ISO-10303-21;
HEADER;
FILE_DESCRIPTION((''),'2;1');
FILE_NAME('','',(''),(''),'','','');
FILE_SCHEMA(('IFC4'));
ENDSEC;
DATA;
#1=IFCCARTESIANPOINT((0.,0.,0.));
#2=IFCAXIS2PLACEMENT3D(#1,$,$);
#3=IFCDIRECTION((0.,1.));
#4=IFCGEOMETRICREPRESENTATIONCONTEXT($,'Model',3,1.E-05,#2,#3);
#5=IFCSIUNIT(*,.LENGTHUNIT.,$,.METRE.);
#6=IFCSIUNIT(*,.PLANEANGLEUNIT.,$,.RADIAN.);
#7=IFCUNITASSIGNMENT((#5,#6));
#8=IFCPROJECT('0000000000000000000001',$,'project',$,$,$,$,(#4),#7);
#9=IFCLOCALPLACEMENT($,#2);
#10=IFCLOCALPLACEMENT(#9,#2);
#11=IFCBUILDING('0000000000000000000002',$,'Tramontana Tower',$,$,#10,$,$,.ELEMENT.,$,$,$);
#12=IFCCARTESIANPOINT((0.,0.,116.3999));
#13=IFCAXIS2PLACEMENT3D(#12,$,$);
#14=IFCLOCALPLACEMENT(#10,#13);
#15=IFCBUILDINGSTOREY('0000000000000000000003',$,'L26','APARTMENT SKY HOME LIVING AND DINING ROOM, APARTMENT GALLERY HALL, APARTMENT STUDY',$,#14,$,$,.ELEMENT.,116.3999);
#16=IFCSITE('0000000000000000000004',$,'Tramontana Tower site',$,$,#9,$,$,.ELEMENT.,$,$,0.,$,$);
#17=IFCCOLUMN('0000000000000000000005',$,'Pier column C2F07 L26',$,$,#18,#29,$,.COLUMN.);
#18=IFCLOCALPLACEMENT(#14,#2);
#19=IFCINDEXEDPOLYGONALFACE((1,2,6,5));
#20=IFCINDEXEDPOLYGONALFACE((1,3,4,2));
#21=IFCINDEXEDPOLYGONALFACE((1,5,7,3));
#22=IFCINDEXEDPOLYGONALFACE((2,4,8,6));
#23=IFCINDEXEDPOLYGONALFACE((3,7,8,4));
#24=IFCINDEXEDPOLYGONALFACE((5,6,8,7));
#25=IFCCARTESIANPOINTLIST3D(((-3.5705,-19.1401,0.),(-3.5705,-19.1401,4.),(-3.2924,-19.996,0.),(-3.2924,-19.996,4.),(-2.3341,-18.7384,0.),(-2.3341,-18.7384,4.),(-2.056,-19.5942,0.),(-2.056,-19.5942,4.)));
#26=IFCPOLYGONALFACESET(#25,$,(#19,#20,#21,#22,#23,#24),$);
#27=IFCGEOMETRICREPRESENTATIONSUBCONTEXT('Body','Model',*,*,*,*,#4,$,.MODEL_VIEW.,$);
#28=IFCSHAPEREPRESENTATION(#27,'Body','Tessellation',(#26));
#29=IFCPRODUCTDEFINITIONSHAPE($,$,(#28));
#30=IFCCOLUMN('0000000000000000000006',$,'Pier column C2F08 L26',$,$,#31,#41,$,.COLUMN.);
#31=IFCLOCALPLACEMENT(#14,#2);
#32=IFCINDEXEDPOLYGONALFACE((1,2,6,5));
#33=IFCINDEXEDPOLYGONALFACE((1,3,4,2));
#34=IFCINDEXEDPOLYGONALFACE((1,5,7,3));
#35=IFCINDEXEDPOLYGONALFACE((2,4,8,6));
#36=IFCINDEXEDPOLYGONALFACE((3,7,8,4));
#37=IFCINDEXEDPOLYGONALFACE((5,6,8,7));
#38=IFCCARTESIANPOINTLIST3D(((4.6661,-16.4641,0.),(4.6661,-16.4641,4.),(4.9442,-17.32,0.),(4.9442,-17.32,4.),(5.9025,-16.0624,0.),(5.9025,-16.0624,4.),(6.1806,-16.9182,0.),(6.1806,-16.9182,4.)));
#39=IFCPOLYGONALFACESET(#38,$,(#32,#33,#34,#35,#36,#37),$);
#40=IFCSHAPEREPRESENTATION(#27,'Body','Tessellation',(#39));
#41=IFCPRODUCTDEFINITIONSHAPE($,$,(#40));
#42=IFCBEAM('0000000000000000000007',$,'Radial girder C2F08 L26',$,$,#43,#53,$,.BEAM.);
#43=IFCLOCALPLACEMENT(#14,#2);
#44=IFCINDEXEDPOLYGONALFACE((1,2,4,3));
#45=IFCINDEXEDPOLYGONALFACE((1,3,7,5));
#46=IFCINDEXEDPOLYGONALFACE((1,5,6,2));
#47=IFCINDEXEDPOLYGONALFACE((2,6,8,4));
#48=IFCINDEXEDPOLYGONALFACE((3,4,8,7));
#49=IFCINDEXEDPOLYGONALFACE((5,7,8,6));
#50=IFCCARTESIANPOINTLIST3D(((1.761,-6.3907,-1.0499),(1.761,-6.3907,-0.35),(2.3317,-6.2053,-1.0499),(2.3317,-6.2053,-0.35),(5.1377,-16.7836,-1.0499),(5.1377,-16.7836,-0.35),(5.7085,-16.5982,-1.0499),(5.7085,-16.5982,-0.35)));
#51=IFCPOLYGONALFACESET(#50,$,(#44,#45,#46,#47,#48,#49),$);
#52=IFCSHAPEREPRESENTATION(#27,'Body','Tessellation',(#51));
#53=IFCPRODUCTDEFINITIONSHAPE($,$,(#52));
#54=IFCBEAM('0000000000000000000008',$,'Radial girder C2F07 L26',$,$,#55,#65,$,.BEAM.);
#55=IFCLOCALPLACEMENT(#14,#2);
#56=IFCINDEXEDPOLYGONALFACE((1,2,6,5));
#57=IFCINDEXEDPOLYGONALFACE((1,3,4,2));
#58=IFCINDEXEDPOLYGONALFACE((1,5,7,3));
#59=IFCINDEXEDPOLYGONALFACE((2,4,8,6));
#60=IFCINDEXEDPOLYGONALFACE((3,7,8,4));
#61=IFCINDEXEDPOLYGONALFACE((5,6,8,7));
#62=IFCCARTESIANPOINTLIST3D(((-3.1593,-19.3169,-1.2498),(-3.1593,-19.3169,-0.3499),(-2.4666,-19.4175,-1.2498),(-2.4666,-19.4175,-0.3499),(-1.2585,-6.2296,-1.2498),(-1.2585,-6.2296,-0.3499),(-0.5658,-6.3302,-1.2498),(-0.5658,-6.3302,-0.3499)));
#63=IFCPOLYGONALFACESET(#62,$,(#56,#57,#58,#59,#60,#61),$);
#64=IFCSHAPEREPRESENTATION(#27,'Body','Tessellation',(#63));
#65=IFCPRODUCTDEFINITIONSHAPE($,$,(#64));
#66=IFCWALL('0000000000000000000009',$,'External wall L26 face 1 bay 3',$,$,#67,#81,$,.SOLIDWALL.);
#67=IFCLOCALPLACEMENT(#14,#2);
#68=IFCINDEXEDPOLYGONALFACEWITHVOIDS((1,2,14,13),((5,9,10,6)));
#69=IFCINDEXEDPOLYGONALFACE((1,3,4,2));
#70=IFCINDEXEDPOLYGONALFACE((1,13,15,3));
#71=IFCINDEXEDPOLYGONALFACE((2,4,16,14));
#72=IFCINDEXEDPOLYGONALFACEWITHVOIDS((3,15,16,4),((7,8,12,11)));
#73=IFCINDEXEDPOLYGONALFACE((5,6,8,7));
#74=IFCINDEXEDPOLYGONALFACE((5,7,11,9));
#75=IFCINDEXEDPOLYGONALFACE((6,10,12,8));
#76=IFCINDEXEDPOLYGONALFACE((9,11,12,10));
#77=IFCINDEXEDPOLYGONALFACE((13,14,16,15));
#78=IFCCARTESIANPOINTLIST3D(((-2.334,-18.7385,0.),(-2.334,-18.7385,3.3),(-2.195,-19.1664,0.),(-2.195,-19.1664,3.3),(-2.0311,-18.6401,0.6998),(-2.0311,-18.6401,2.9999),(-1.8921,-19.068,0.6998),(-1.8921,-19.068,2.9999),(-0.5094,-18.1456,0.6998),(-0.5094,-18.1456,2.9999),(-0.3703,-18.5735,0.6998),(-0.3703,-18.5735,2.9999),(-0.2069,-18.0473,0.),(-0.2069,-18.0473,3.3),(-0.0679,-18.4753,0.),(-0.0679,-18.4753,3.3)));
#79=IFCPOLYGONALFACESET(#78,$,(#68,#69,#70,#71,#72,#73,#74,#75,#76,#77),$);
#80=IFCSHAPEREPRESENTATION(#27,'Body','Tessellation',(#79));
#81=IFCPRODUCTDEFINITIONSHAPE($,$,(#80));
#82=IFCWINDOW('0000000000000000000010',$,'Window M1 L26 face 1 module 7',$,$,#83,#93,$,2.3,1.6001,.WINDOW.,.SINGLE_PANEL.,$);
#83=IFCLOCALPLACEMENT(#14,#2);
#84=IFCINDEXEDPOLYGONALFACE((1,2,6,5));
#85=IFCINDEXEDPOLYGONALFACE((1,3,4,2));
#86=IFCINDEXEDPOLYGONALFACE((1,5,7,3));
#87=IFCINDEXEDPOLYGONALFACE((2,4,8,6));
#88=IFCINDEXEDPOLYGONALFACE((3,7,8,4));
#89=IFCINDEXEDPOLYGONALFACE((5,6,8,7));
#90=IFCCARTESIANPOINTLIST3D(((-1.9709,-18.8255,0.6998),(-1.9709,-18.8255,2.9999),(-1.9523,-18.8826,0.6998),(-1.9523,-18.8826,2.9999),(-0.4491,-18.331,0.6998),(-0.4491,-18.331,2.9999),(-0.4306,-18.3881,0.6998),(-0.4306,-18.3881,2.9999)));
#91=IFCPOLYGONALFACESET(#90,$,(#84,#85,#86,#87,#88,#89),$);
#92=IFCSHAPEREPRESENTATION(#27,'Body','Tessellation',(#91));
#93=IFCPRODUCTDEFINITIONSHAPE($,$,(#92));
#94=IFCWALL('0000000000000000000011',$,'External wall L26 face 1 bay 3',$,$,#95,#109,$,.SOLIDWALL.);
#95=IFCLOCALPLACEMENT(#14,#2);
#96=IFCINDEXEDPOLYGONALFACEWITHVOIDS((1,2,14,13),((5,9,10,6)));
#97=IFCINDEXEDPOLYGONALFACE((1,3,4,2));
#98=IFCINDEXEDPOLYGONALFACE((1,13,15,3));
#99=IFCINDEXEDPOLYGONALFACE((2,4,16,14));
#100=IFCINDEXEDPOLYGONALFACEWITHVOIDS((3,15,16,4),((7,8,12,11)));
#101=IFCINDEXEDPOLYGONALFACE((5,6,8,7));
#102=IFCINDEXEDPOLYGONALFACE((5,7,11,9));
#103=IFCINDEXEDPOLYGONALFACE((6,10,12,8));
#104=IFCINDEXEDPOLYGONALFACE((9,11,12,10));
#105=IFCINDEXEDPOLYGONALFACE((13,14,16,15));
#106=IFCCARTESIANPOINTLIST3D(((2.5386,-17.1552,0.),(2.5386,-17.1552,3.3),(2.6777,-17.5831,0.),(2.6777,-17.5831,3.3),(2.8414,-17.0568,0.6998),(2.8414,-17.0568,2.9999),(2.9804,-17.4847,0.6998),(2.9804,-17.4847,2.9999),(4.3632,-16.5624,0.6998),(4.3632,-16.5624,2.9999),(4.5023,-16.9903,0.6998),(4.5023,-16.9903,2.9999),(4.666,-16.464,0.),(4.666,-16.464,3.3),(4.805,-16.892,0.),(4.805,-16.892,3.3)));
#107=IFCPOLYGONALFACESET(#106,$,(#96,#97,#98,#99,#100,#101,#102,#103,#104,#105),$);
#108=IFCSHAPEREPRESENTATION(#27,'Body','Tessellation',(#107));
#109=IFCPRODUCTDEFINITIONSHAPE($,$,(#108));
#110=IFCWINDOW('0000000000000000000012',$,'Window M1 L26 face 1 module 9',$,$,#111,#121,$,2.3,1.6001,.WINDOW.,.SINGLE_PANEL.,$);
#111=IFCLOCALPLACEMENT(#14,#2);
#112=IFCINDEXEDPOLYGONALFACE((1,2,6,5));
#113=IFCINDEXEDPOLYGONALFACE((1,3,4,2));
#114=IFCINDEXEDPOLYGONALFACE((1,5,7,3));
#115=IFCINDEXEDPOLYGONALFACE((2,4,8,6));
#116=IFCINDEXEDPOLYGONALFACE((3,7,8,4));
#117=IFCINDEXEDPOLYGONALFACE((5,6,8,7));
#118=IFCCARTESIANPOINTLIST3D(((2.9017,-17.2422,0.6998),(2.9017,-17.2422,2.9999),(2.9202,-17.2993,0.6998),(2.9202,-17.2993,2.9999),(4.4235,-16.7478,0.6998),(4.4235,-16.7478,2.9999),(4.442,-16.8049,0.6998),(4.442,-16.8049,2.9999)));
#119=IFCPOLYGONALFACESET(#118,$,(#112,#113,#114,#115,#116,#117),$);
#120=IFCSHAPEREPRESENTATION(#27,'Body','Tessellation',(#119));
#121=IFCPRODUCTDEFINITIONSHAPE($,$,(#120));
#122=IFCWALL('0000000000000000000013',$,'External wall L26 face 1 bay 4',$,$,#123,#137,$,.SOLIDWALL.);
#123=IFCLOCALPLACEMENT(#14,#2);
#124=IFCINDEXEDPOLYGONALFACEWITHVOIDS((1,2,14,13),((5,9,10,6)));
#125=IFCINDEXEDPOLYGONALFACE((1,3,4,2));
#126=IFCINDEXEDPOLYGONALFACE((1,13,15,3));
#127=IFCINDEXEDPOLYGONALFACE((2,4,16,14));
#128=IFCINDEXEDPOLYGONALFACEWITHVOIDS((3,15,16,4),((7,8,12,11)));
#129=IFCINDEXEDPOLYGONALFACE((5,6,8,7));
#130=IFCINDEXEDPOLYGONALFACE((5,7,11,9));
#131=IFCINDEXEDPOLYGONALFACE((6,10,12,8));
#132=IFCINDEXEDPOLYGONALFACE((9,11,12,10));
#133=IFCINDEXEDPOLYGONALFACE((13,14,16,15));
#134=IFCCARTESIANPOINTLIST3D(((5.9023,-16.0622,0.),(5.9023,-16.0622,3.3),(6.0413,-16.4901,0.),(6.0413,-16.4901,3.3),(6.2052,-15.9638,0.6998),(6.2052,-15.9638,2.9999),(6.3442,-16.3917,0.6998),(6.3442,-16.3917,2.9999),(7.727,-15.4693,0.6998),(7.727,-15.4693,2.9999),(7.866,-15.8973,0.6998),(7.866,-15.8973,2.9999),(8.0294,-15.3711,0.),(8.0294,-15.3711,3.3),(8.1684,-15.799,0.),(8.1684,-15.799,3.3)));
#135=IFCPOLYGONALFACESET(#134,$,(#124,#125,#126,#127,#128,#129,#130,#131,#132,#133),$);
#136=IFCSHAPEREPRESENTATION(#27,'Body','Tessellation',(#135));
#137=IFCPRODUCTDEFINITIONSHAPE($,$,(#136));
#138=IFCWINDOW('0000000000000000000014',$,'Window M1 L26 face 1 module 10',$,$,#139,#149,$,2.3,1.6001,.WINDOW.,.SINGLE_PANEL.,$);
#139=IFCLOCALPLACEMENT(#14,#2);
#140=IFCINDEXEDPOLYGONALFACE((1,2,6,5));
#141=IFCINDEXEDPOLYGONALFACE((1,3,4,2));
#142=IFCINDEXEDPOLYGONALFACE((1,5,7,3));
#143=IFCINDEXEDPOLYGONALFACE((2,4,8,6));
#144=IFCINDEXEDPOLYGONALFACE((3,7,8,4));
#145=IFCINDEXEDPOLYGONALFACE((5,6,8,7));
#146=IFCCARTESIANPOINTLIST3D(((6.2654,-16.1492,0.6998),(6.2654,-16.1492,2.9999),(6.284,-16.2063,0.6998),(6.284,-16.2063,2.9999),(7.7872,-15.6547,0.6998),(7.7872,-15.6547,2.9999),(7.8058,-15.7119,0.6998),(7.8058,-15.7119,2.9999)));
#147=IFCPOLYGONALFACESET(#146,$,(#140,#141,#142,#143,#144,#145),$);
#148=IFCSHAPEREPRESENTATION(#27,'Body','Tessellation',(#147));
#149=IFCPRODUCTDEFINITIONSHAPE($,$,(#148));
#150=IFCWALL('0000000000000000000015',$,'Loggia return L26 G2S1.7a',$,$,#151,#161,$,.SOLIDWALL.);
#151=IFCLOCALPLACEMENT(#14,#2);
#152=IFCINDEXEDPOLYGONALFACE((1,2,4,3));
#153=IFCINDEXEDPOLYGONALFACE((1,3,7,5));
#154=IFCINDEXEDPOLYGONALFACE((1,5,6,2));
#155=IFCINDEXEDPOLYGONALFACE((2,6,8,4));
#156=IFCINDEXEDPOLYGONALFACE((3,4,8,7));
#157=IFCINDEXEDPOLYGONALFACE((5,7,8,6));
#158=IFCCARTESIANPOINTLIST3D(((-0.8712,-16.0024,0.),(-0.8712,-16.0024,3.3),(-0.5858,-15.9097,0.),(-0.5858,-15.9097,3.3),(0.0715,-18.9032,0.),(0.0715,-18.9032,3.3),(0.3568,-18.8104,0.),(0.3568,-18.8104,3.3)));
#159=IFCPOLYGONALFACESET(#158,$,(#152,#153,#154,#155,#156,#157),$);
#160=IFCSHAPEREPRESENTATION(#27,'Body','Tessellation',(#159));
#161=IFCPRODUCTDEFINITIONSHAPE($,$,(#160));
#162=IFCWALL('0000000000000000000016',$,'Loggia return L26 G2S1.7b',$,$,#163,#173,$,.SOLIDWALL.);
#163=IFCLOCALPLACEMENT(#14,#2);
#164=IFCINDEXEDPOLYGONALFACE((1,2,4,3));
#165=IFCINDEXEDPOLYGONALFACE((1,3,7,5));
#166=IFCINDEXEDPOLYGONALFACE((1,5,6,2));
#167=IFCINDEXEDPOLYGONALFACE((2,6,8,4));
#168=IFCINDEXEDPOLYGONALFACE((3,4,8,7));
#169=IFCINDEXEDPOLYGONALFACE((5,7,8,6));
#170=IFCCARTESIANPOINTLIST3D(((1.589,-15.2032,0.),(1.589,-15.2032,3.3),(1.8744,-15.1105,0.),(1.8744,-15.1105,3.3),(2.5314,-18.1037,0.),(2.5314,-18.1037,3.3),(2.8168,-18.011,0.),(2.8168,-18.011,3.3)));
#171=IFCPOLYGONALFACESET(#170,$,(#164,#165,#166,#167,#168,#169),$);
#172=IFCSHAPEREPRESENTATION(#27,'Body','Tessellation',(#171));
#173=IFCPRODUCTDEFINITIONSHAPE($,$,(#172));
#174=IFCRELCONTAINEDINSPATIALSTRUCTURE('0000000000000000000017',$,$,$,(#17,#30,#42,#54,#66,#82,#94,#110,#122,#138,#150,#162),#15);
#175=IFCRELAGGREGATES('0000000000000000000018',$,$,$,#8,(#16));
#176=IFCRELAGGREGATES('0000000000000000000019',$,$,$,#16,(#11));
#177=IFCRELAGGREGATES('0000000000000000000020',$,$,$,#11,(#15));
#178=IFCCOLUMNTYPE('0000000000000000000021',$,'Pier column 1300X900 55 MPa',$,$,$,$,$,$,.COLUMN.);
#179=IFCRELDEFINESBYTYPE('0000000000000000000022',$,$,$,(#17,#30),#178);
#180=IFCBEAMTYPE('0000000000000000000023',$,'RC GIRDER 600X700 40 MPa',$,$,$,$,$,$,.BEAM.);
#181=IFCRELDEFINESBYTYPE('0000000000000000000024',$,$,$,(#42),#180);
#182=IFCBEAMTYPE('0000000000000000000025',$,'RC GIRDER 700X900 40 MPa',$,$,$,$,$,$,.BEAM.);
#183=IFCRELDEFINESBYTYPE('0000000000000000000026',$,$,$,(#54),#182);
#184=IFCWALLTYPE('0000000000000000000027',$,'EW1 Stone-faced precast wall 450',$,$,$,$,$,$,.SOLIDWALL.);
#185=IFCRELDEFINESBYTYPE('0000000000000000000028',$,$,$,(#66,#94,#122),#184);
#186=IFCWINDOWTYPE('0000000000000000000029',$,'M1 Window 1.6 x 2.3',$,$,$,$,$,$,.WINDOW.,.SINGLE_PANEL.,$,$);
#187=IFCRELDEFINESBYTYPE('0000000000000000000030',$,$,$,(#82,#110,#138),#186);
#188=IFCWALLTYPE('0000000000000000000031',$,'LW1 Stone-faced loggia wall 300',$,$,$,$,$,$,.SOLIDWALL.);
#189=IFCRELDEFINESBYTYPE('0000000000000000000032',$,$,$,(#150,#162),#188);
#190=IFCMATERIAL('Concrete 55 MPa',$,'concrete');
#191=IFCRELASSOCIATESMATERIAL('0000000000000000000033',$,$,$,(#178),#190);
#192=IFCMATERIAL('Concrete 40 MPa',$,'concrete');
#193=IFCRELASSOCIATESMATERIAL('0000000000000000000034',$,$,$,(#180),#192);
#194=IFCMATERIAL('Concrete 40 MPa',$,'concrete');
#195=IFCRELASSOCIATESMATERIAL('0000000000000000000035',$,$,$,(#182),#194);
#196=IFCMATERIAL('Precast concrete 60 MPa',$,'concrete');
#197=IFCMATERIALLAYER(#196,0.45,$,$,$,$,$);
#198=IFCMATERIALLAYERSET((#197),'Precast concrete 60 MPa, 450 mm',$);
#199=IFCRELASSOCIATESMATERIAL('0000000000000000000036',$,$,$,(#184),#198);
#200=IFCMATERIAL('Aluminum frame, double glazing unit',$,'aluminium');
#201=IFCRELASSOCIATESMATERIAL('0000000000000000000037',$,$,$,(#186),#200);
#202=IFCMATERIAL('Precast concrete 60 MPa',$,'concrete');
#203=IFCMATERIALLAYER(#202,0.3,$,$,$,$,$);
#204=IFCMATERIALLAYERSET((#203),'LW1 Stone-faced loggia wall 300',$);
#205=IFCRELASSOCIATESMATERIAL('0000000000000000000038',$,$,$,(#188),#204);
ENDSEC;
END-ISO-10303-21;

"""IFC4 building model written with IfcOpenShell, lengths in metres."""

from ifc_helpers import new_model, si_unit, direction, frame, frame_2d, origin, origin_2d, place, context, subcontext, project, spatial, rectangle, extrude, material, layer, layer_set, material_profile, profile_set, type_object, element, fill, save


model = new_model("IFC4")

# Units and contexts
model_context = context("Model", 3, precision=1e-05, world=origin(), true_north=direction((0.0, 1.0)))
body_context = subcontext(model_context, "Body", "Model", "MODEL_VIEW")
ifc_project = project(units=[si_unit("LENGTHUNIT", "METRE"), si_unit("PLANEANGLEUNIT", "RADIAN")], contexts=[model_context])

# Site, building, storey
site_placement = place(None, origin())
site = spatial("IfcSite", under=ifc_project, at=site_placement, Name="Tramontana Tower site", CompositionType="ELEMENT", RefElevation=0.0)
building_placement = place(site_placement, origin())
building = spatial("IfcBuilding", under=site, at=building_placement, Name="Tramontana Tower", CompositionType="ELEMENT")
storey_placement = place(building_placement, frame((0.0, 0.0, 116.3999)))
storey = spatial("IfcBuildingStorey", under=building, at=storey_placement, Name="L26", Description="APARTMENT SKY HOME LIVING AND DINING ROOM, APARTMENT GALLERY HALL, APARTMENT STUDY", CompositionType="ELEMENT", Elevation=116.3999)

# Columns
ifc_material_1 = material(Name="Concrete 55 MPa", Category="concrete")
ifc_material_profile_1 = material_profile(ifc_material_1, rectangle(XDim=1.3, YDim=0.8999, at=origin_2d()), Name="Pier column 1300X900 55 MPa")
ifc_profile_set_1 = profile_set([ifc_material_profile_1], Name="Concrete 55 MPa")
column_type = type_object("IfcColumnType", Name="Pier column 1300X900 55 MPa", PredefinedType="COLUMN", material=ifc_profile_set_1)
for number, where, z_axis, x_axis, name in (
    (1, (-2.8132, -19.3672, 0.0), (0.0, 0.0, 1.0), (0.951057, 0.309017, 0.0), "Pier column C2F07 L26"),
    (2, (5.4233, -16.6912, 0.0), (0.0, 0.0, 1.0), (0.951057, 0.309017, 0.0), "Pier column C2F08 L26"),
):
    element("IfcColumn", number, at=place(storey_placement, frame(where, z_axis=z_axis, x_axis=x_axis)), inside=storey, type_object=column_type, Name=name, PredefinedType="COLUMN", context=body_context, shape_type="SweptSolid", body=[
        extrude(rectangle(XDim=1.3, YDim=0.8999, at=origin_2d()), origin(), (0.0, 0.0, 1.0), 4.0),
    ])

# Beams
ifc_material_2 = material(Name="Concrete 40 MPa", Category="concrete")
ifc_material_profile_2 = material_profile(ifc_material_2, rectangle(XDim=0.6001, YDim=0.7, at=origin_2d()), Name="RC GIRDER 600X700 40 MPa")
ifc_profile_set_2 = profile_set([ifc_material_profile_2], Name="Concrete 40 MPa")
beam_type_1 = type_object("IfcBeamType", Name="RC GIRDER 600X700 40 MPa", PredefinedType="BEAM", material=ifc_profile_set_2)
beam_1_placement = place(storey_placement, frame((5.4231, -16.6909, -0.7), z_axis=(-0.309007, 0.95106, 0.0), x_axis=(-0.95106, -0.309007, 0.0)))
element("IfcBeam", 3, at=beam_1_placement, inside=storey, type_object=beam_type_1, Name="Radial girder C2F08 L26", PredefinedType="BEAM", context=body_context, shape_type="SweptSolid", body=[
    extrude(rectangle(XDim=0.6001, YDim=0.7, at=origin_2d()), origin(), (0.0, 0.0, 1.0), 10.9277),
])
ifc_material_3 = material(Name="Concrete 40 MPa", Category="concrete")
ifc_material_profile_3 = material_profile(ifc_material_3, rectangle(XDim=0.7, YDim=0.8999, at=origin_2d()), Name="RC GIRDER 700X900 40 MPa")
ifc_profile_set_3 = profile_set([ifc_material_profile_3], Name="Concrete 40 MPa")
beam_type_2 = type_object("IfcBeamType", Name="RC GIRDER 700X900 40 MPa", PredefinedType="BEAM", material=ifc_profile_set_3)
beam_2_placement = place(storey_placement, frame((-2.813, -19.3672, -0.7998), z_axis=(0.143737, 0.989616, 0.0), x_axis=(-0.989616, 0.143737, 0.0)))
element("IfcBeam", 4, at=beam_2_placement, inside=storey, type_object=beam_type_2, Name="Radial girder C2F07 L26", PredefinedType="BEAM", context=body_context, shape_type="SweptSolid", body=[
    extrude(rectangle(XDim=0.7, YDim=0.8999, at=origin_2d()), origin(), (0.0, 0.0, 1.0), 13.2246),
])

# Walls, openings, windows
ifc_material_4 = material(Name="Precast concrete 60 MPa", Category="concrete")
ifc_layer_1 = layer(ifc_material_4, 0.45)
ifc_layer_set_1 = layer_set([ifc_layer_1], Name="Precast concrete 60 MPa, 450 mm")
wall_type_1 = type_object("IfcWallType", Name="EW1 Stone-faced precast wall 450", PredefinedType="SOLIDWALL", material=ifc_layer_set_1)
wall_1_placement = place(storey_placement, frame((-2.2644, -18.9524, 0.0), z_axis=(0.0, 0.0, 1.0), x_axis=(0.951057, 0.309014, 0.0)))
wall_1 = element("IfcWall", 5, at=wall_1_placement, inside=storey, type_object=wall_type_1, Name="External wall L26 face 1 bay 3", PredefinedType="SOLIDWALL", context=body_context, shape_type="SweptSolid", body=[
    extrude(rectangle(XDim=2.2366, YDim=0.45, at=frame_2d((1.1182, 0.0))), origin(), (0.0, 0.0, 1.0), 3.3),
])
opening_1_placement = place(wall_1_placement, frame((0.3184, 0.0, 0.7)))
opening_1 = element("IfcOpeningElement", 6, at=opening_1_placement, cuts=wall_1, PredefinedType="OPENING", context=body_context, shape_type="SweptSolid", body=[
    extrude(rectangle(XDim=1.6001, YDim=2.3, at=frame_2d((0.8, 1.1499))), frame((0.0, 0.2349, 0.0), z_axis=(0.0, -1.0, 0.0), x_axis=(1.0, 0.0, 0.0)), (0.0, 0.0, 1.0), 0.47),
])
ifc_material_5 = material(Name="Aluminum frame, double glazing unit", Category="aluminium")
window_type = type_object("IfcWindowType", Name="M1 Window 1.6 x 2.3", PartitioningType="SINGLE_PANEL", PredefinedType="WINDOW", material=ifc_material_5)
window_1_placement = place(opening_1_placement, origin())
window_1 = element("IfcWindow", 7, at=window_1_placement, inside=storey, type_object=window_type, Name="Window M1 L26 face 1 module 7", OverallHeight=2.3, OverallWidth=1.6001, PartitioningType="SINGLE_PANEL", PredefinedType="WINDOW", context=body_context, shape_type="SweptSolid", body=[
    extrude(rectangle(XDim=1.6001, YDim=2.3, at=frame_2d((0.8, 1.1499))), frame((0.0, 0.03, 0.0), z_axis=(0.0, -1.0, 0.0), x_axis=(1.0, 0.0, 0.0)), (0.0, 0.0, 1.0), 0.0601),
])
fill(opening_1, window_1)
wall_2_placement = place(storey_placement, frame((2.6082, -17.3691, 0.0), z_axis=(0.0, 0.0, 1.0), x_axis=(0.951068, 0.308982, 0.0)))
wall_2 = element("IfcWall", 8, at=wall_2_placement, inside=storey, type_object=wall_type_1, Name="External wall L26 face 1 bay 3", PredefinedType="SOLIDWALL", context=body_context, shape_type="SweptSolid", body=[
    extrude(rectangle(XDim=2.2368, YDim=0.45, at=frame_2d((1.1184, 0.0))), origin(), (0.0, 0.0, 1.0), 3.3),
])
opening_2_placement = place(wall_2_placement, frame((0.3184, 0.0, 0.7)))
opening_2 = element("IfcOpeningElement", 9, at=opening_2_placement, cuts=wall_2, PredefinedType="OPENING", context=body_context, shape_type="SweptSolid", body=[
    extrude(rectangle(XDim=1.6001, YDim=2.3, at=frame_2d((0.8, 1.1499))), frame((0.0, 0.2349, 0.0), z_axis=(0.0, -1.0, 0.0), x_axis=(1.0, 0.0, 0.0)), (0.0, 0.0, 1.0), 0.47),
])
window_2_placement = place(opening_2_placement, origin())
window_2 = element("IfcWindow", 10, at=window_2_placement, inside=storey, type_object=window_type, Name="Window M1 L26 face 1 module 9", OverallHeight=2.3, OverallWidth=1.6001, PartitioningType="SINGLE_PANEL", PredefinedType="WINDOW", context=body_context, shape_type="SweptSolid", body=[
    extrude(rectangle(XDim=1.6001, YDim=2.3, at=frame_2d((0.8, 1.1499))), frame((0.0, 0.03, 0.0), z_axis=(0.0, -1.0, 0.0), x_axis=(1.0, 0.0, 0.0)), (0.0, 0.0, 1.0), 0.0601),
])
fill(opening_2, window_2)
wall_3_placement = place(storey_placement, frame((5.9719, -16.2761, 0.0), z_axis=(0.0, 0.0, 1.0), x_axis=(0.951057, 0.309014, 0.0)))
wall_3 = element("IfcWall", 11, at=wall_3_placement, inside=storey, type_object=wall_type_1, Name="External wall L26 face 1 bay 4", PredefinedType="SOLIDWALL", context=body_context, shape_type="SweptSolid", body=[
    extrude(rectangle(XDim=2.2366, YDim=0.45, at=frame_2d((1.1182, 0.0))), origin(), (0.0, 0.0, 1.0), 3.3),
])
opening_3_placement = place(wall_3_placement, frame((0.3184, 0.0, 0.7)))
opening_3 = element("IfcOpeningElement", 12, at=opening_3_placement, cuts=wall_3, PredefinedType="OPENING", context=body_context, shape_type="SweptSolid", body=[
    extrude(rectangle(XDim=1.6001, YDim=2.3, at=frame_2d((0.8, 1.1499))), frame((0.0, 0.2349, 0.0), z_axis=(0.0, -1.0, 0.0), x_axis=(1.0, 0.0, 0.0)), (0.0, 0.0, 1.0), 0.47),
])
window_3_placement = place(opening_3_placement, origin())
window_3 = element("IfcWindow", 13, at=window_3_placement, inside=storey, type_object=window_type, Name="Window M1 L26 face 1 module 10", OverallHeight=2.3, OverallWidth=1.6001, PartitioningType="SINGLE_PANEL", PredefinedType="WINDOW", context=body_context, shape_type="SweptSolid", body=[
    extrude(rectangle(XDim=1.6001, YDim=2.3, at=frame_2d((0.8, 1.1499))), frame((0.0, 0.03, 0.0), z_axis=(0.0, -1.0, 0.0), x_axis=(1.0, 0.0, 0.0)), (0.0, 0.0, 1.0), 0.0601),
])
fill(opening_3, window_3)

# Shared definitions
ifc_material_6 = material(Name="Precast concrete 60 MPa", Category="concrete")
ifc_layer_2 = layer(ifc_material_6, 0.3)
ifc_layer_set_2 = layer_set([ifc_layer_2], Name="LW1 Stone-faced loggia wall 300")
wall_type_2 = type_object("IfcWallType", Name="LW1 Stone-faced loggia wall 300", PredefinedType="SOLIDWALL", material=ifc_layer_set_2)

# Walls
wall_4_placement = place(storey_placement, frame((0.2141, -18.8567, 0.0), z_axis=(0.0, 0.0, 1.0), x_axis=(-0.309063, 0.951042, 0.0)))
element("IfcWall", 14, at=wall_4_placement, inside=storey, type_object=wall_type_2, Name="Loggia return L26 G2S1.7a", PredefinedType="SOLIDWALL", context=body_context, shape_type="SweptSolid", body=[
    extrude(rectangle(XDim=3.05, YDim=0.3, at=frame_2d((1.5249, 0.0))), origin(), (0.0, 0.0, 1.0), 3.3),
])
wall_5_placement = place(storey_placement, frame((2.6741, -18.0574, 0.0), z_axis=(0.0, 0.0, 1.0), x_axis=(-0.30899, 0.951065, 0.0)))
element("IfcWall", 15, at=wall_5_placement, inside=storey, type_object=wall_type_2, Name="Loggia return L26 G2S1.7b", PredefinedType="SOLIDWALL", context=body_context, shape_type="SweptSolid", body=[
    extrude(rectangle(XDim=3.0498, YDim=0.3, at=frame_2d((1.5249, 0.0))), origin(), (0.0, 0.0, 1.0), 3.3),
])

save(model, "model.ifc")
